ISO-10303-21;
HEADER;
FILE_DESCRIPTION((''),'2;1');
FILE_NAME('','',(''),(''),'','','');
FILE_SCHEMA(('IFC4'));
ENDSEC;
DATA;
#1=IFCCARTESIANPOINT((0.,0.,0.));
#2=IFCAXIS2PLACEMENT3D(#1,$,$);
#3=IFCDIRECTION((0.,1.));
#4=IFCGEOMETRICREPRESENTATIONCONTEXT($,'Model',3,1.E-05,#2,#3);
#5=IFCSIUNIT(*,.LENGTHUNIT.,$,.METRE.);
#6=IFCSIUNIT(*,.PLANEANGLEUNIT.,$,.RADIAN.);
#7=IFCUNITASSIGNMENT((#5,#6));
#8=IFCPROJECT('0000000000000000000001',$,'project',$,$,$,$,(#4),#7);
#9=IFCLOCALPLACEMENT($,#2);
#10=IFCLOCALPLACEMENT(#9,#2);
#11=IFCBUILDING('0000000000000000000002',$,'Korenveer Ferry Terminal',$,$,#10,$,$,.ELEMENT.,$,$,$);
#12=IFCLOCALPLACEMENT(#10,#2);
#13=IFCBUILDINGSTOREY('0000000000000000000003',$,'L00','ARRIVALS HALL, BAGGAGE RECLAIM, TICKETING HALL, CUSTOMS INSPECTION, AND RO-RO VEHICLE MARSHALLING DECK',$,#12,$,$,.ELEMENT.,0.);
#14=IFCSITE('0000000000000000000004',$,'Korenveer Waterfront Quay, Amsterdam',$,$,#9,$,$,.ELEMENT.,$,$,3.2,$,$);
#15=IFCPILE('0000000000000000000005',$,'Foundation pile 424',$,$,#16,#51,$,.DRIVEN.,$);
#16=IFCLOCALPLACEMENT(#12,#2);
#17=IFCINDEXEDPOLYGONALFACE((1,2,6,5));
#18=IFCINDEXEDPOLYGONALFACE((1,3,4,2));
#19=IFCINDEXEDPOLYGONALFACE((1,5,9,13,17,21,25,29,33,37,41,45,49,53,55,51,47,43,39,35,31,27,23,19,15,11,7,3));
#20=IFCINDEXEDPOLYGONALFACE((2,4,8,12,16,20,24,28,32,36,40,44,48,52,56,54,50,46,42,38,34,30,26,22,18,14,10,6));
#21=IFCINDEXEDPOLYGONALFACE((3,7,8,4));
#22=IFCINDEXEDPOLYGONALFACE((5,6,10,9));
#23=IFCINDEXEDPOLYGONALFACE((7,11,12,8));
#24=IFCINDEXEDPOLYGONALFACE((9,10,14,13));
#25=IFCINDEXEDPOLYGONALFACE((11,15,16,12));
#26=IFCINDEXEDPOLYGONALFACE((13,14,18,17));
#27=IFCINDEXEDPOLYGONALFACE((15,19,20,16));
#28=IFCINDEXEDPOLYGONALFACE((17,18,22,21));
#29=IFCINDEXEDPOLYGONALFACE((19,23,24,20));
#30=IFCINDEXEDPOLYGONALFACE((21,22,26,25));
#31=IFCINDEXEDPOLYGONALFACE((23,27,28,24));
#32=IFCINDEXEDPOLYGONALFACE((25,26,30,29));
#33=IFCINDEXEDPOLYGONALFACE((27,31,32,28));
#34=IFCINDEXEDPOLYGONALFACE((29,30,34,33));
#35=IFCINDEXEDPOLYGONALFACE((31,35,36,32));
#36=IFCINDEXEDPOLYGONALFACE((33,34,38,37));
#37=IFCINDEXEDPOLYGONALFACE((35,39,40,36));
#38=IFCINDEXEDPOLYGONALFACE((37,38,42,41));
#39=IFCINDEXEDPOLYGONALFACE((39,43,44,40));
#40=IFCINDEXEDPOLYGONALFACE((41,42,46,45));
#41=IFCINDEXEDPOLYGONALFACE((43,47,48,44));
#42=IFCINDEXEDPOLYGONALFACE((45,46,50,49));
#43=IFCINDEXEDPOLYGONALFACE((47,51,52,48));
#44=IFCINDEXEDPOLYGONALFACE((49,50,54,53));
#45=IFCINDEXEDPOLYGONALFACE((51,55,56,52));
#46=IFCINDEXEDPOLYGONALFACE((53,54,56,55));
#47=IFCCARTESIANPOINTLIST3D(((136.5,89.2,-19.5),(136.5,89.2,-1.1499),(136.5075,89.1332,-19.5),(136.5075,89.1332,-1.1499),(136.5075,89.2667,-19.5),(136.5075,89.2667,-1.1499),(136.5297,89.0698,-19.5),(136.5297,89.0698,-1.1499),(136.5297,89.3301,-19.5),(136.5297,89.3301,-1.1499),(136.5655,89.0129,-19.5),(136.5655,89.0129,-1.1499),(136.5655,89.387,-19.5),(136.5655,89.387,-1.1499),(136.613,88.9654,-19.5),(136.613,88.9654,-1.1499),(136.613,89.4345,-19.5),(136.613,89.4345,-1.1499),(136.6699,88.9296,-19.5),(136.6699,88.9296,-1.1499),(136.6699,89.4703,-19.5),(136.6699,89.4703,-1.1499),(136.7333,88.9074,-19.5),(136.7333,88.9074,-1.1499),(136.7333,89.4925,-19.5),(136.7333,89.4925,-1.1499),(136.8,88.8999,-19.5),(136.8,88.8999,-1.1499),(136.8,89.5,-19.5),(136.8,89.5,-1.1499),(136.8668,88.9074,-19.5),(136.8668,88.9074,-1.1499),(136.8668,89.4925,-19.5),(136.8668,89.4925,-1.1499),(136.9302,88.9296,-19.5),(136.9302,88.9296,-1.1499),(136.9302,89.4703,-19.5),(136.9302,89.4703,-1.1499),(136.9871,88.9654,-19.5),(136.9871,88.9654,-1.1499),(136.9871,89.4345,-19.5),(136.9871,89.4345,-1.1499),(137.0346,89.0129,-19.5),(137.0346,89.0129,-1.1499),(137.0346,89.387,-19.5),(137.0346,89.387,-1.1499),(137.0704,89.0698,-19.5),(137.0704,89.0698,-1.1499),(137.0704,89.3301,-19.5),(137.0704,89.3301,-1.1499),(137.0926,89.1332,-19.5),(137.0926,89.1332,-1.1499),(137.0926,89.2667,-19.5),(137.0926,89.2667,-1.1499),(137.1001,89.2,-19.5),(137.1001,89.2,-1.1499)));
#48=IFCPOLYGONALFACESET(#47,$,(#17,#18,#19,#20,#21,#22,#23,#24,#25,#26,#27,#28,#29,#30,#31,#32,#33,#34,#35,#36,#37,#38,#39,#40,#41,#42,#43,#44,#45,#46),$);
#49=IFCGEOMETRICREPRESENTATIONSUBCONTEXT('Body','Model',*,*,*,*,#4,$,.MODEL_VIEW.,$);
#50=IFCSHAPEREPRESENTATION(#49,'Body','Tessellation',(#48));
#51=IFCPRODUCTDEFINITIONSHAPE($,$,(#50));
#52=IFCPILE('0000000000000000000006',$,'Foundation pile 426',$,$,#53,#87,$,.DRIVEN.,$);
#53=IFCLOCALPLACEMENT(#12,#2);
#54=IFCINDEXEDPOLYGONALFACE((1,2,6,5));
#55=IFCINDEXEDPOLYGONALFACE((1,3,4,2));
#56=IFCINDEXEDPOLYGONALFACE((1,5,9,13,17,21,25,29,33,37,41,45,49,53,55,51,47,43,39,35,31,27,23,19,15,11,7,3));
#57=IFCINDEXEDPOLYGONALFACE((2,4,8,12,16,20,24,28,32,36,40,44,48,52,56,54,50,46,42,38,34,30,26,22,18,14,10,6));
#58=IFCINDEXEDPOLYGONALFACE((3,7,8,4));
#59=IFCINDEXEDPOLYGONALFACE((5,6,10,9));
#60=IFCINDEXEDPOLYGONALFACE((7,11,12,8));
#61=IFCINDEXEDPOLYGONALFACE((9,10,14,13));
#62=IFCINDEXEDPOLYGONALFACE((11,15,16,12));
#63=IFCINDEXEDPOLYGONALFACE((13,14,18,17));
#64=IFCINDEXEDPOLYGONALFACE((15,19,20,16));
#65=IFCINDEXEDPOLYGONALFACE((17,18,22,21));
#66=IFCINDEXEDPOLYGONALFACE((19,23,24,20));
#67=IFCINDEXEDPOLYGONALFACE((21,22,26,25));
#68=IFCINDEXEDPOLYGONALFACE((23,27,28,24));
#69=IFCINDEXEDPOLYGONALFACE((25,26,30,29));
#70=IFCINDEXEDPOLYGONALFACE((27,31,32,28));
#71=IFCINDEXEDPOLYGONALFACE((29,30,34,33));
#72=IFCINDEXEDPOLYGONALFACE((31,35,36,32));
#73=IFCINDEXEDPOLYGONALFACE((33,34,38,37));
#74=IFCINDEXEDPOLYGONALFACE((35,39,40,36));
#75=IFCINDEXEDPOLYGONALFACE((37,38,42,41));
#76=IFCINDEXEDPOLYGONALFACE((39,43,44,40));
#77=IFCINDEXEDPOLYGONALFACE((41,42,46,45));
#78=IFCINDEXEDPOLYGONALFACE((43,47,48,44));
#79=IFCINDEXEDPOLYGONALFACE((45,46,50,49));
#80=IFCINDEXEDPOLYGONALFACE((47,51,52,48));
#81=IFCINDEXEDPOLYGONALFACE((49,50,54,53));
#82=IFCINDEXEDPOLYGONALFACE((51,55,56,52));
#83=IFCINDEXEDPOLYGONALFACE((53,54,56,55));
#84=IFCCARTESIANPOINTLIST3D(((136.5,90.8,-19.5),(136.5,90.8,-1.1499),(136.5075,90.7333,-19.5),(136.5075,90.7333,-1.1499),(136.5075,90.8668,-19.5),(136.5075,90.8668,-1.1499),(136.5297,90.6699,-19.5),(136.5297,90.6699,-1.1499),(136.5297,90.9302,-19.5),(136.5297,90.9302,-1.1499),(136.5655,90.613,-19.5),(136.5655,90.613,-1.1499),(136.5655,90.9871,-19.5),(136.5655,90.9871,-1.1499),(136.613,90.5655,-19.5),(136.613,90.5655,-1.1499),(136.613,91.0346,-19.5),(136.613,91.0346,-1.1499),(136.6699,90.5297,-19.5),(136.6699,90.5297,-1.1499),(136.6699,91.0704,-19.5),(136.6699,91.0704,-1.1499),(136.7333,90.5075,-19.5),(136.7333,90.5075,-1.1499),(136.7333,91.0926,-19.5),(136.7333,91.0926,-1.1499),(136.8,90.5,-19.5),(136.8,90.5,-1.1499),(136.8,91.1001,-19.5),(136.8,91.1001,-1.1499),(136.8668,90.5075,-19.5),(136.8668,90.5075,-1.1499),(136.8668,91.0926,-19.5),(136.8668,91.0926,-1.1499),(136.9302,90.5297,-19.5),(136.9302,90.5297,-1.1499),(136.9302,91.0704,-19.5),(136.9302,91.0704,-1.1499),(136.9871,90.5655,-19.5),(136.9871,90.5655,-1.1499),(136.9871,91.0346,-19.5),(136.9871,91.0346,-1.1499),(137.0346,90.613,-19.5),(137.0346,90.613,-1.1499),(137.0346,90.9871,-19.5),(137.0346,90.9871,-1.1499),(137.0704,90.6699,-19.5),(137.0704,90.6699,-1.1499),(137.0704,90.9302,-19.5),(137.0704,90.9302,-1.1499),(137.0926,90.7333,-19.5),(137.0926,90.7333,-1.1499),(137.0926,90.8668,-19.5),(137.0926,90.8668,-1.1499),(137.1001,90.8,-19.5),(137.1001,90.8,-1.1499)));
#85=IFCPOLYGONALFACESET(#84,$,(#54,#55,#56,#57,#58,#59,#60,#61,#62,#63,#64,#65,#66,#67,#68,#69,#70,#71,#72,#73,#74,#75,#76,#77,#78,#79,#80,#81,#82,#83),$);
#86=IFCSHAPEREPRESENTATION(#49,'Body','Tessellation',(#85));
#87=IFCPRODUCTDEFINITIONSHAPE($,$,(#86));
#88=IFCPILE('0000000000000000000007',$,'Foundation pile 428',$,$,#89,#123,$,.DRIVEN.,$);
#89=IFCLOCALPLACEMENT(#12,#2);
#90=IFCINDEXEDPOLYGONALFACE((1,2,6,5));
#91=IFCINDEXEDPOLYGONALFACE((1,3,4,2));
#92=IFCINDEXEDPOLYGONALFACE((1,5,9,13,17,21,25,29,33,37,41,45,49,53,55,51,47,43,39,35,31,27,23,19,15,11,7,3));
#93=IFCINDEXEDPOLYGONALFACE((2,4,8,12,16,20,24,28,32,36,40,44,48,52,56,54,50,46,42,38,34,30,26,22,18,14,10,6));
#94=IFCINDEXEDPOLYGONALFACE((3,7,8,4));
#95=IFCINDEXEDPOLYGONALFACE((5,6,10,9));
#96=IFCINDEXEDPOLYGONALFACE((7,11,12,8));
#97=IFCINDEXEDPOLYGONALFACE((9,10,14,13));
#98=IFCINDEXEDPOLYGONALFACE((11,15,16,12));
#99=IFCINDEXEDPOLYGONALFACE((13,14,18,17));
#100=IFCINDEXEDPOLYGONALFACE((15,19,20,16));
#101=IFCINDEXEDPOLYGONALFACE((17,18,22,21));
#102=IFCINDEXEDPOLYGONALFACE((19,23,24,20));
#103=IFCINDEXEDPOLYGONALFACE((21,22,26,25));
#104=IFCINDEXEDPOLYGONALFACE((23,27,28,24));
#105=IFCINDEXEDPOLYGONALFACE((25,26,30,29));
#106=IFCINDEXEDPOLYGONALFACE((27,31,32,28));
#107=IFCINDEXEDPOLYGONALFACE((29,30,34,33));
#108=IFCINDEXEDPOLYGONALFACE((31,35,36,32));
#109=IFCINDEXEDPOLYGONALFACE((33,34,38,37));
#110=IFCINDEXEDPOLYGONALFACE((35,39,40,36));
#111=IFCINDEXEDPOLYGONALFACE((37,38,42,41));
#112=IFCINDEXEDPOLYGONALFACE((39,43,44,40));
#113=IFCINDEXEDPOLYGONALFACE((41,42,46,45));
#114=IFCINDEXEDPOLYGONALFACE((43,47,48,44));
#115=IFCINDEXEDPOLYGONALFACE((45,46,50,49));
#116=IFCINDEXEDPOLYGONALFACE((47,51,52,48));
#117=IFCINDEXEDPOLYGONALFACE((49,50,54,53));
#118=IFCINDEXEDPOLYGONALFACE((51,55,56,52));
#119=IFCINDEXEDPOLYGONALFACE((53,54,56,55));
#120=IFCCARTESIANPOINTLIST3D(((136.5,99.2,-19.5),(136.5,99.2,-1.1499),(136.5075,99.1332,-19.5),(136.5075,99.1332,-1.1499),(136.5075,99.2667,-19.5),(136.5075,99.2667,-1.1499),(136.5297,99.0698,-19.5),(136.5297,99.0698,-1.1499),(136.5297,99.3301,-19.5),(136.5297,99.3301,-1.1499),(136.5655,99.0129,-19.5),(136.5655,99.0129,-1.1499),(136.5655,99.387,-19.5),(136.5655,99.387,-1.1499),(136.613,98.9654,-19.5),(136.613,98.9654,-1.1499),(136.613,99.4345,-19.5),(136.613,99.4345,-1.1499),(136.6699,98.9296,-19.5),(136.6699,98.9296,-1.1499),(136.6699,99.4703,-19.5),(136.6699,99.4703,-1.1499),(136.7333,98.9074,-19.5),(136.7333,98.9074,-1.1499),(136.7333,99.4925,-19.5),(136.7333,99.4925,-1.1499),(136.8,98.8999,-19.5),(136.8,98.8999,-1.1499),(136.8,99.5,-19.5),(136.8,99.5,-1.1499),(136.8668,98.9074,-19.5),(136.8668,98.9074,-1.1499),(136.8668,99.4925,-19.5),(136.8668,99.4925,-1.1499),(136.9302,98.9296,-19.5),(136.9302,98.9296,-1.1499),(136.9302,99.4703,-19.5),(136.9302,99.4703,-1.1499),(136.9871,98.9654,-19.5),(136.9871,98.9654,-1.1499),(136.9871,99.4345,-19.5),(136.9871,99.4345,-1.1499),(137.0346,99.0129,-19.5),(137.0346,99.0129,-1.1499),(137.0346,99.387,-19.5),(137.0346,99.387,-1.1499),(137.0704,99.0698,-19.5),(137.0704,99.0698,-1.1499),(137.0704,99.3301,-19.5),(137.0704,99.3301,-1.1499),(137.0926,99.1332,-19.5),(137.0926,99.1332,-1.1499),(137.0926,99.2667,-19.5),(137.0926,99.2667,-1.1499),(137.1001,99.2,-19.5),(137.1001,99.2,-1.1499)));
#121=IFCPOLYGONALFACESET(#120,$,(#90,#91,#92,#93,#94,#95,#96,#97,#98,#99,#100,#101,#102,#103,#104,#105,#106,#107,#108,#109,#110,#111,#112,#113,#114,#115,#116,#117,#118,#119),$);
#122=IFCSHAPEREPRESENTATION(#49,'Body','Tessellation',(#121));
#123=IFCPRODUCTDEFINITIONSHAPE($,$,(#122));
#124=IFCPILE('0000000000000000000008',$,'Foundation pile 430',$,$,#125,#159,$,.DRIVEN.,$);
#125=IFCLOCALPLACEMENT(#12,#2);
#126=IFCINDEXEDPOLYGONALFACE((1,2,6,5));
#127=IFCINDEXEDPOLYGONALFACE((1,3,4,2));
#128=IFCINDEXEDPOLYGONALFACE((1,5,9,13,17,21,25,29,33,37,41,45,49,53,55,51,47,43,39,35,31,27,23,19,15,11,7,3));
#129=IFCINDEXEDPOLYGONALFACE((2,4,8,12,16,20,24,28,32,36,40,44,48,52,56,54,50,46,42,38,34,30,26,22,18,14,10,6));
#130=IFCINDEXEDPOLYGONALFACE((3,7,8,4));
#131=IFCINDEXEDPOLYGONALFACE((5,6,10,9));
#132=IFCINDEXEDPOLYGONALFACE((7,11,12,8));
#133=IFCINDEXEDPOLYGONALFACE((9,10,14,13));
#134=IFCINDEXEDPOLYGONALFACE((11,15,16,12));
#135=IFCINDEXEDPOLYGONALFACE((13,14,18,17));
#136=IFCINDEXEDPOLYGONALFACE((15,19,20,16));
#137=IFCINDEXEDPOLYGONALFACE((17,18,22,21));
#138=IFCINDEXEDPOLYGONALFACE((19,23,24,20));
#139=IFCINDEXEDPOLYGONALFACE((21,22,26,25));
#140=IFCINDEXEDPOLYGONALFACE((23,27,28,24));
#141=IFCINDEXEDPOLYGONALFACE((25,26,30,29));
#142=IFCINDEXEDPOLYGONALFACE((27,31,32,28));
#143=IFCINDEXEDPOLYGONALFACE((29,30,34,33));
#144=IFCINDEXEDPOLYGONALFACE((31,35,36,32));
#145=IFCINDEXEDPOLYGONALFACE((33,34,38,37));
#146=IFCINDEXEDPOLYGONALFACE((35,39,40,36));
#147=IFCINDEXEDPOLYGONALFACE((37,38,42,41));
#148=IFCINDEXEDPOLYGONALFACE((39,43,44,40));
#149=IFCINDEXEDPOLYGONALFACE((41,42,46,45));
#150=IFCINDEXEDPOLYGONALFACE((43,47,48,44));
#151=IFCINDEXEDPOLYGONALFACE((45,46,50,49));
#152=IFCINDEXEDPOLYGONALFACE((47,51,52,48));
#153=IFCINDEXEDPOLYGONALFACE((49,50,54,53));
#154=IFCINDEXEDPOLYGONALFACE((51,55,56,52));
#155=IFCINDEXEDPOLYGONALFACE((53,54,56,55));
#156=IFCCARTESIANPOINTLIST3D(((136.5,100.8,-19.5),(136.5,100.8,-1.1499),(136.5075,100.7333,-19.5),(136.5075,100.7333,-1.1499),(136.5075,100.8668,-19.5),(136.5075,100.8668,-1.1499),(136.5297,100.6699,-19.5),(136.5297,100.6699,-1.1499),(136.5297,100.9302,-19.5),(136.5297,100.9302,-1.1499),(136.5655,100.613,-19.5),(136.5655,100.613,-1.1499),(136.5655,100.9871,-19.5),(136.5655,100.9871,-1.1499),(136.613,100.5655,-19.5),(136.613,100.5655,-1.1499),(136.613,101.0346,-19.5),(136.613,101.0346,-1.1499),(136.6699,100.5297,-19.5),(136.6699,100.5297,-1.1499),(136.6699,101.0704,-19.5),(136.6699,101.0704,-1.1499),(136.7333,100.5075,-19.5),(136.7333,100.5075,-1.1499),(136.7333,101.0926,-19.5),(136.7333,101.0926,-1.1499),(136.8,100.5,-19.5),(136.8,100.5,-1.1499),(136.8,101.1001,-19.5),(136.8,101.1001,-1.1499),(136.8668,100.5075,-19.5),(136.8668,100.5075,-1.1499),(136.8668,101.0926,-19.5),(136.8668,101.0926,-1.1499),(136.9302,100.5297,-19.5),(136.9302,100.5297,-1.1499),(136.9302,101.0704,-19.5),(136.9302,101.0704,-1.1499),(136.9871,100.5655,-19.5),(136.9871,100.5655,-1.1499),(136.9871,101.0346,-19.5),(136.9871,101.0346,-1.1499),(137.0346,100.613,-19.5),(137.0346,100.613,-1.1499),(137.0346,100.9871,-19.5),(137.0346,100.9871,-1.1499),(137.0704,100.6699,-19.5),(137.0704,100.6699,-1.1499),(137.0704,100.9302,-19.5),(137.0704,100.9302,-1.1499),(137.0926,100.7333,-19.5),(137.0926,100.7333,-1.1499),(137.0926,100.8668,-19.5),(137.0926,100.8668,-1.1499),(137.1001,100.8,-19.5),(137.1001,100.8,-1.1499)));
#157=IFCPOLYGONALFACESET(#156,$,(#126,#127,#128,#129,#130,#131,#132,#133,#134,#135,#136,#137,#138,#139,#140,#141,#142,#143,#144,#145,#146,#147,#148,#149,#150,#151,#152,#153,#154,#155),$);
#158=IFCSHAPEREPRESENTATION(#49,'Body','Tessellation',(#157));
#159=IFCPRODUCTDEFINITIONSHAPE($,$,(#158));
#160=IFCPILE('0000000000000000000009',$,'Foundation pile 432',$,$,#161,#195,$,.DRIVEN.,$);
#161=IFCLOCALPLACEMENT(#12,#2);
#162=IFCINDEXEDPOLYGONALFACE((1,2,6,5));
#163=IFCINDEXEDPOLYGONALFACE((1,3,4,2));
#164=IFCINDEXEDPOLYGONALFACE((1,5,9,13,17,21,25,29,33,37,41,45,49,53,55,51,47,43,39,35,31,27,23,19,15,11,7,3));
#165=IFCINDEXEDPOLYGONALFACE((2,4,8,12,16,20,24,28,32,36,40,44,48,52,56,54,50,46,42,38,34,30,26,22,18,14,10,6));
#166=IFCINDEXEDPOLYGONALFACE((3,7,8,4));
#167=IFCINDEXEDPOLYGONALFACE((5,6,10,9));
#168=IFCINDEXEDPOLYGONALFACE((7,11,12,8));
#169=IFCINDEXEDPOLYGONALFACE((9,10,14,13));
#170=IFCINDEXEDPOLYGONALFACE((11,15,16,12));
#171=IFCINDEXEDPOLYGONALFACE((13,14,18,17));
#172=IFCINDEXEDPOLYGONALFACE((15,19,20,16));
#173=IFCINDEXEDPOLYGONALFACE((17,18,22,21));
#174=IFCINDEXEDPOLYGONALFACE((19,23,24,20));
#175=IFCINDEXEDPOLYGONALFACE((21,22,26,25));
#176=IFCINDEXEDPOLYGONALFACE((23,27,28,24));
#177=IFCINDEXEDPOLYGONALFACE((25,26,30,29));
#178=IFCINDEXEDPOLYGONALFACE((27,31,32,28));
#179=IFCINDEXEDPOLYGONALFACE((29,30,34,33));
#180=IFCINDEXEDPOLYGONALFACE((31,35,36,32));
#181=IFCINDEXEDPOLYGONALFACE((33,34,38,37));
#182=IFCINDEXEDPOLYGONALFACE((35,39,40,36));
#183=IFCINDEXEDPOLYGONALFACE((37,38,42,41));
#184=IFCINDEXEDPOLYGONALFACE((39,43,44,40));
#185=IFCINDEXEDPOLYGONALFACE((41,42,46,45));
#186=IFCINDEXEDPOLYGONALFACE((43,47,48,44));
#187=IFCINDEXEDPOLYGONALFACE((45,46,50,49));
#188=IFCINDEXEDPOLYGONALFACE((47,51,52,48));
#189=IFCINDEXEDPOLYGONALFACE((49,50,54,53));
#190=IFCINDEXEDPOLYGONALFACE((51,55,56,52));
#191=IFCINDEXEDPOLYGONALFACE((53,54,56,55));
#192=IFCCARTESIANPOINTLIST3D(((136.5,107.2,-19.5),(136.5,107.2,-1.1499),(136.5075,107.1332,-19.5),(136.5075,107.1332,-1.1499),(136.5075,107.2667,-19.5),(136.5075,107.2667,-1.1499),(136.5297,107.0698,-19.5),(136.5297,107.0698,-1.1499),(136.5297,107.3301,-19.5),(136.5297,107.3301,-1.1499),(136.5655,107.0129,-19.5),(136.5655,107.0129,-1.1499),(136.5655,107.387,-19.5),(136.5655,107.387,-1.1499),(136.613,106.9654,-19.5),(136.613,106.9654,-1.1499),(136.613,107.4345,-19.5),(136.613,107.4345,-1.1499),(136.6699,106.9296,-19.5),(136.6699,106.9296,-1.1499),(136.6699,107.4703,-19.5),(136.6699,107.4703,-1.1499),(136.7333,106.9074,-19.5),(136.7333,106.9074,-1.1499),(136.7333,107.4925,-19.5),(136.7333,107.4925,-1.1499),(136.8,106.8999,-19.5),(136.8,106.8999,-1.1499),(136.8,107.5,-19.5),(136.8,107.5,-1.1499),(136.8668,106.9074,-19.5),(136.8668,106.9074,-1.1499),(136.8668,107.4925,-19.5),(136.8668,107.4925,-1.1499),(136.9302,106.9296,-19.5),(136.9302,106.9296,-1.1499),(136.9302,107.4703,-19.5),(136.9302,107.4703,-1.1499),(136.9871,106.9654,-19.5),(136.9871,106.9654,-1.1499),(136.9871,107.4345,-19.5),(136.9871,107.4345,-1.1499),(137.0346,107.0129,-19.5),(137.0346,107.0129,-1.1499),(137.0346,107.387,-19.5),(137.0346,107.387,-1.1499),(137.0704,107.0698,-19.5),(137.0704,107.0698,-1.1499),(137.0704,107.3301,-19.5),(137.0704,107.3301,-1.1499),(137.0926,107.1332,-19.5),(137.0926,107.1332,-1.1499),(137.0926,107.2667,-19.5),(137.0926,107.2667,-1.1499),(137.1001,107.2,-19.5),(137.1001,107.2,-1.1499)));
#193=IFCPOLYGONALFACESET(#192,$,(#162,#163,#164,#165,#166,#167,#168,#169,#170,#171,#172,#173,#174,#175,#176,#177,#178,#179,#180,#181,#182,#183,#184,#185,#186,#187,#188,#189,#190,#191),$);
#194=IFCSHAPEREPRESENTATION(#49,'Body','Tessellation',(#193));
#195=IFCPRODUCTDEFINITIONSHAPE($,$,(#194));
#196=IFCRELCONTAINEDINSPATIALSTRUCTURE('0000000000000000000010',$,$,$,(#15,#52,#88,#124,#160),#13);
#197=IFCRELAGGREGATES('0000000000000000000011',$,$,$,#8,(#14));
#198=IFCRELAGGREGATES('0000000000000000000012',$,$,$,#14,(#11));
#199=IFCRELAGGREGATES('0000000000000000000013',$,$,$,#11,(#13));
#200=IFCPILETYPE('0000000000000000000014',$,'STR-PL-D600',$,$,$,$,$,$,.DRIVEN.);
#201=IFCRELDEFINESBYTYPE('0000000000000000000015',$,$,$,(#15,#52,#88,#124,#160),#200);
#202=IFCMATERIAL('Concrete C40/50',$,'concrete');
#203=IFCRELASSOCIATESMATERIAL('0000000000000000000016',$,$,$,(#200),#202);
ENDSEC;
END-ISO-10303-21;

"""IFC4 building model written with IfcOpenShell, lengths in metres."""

from ifc_helpers import new_model, si_unit, direction, frame, origin, origin_2d, place, context, subcontext, project, spatial, circle, extrude, material, material_profile, profile_set, type_object, element, save


model = new_model("IFC4")

# Units and contexts
model_context = context("Model", 3, precision=1e-05, world=origin(), true_north=direction((0.0, 1.0)))
body_context = subcontext(model_context, "Body", "Model", "MODEL_VIEW")
ifc_project = project(units=[si_unit("LENGTHUNIT", "METRE"), si_unit("PLANEANGLEUNIT", "RADIAN")], contexts=[model_context])

# Site, building, storey
site_placement = place(None, origin())
site = spatial("IfcSite", under=ifc_project, at=site_placement, Name="Korenveer Waterfront Quay, Amsterdam", CompositionType="ELEMENT", RefElevation=3.2)
building_placement = place(site_placement, origin())
building = spatial("IfcBuilding", under=site, at=building_placement, Name="Korenveer Ferry Terminal", CompositionType="ELEMENT")
storey_placement = place(building_placement, origin())
storey = spatial("IfcBuildingStorey", under=building, at=storey_placement, Name="L00", Description="ARRIVALS HALL, BAGGAGE RECLAIM, TICKETING HALL, CUSTOMS INSPECTION, AND RO-RO VEHICLE MARSHALLING DECK", CompositionType="ELEMENT", Elevation=0.0)

# Piles
ifc_material_1 = material(Name="Concrete C40/50", Category="concrete")
ifc_material_profile_1 = material_profile(ifc_material_1, circle(Radius=0.3, at=origin_2d()), Name="PILE D600")
ifc_profile_set_1 = profile_set([ifc_material_profile_1], Name="Concrete C40/50")
pile_type_1 = type_object("IfcPileType", Name="STR-PL-D600", PredefinedType="DRIVEN", material=ifc_profile_set_1)
for number, where, z_axis, x_axis, name in (
    (1, (136.8, 89.2, -1.1499), (0.0, 0.0, -1.0), (1.0, 0.0, 0.0), "Foundation pile 424"),
    (2, (136.8, 90.8, -1.1499), (0.0, 0.0, -1.0), (1.0, 0.0, 0.0), "Foundation pile 426"),
    (3, (136.8, 99.2, -1.1499), (0.0, 0.0, -1.0), (1.0, 0.0, 0.0), "Foundation pile 428"),
    (4, (136.8, 100.8, -1.1499), (0.0, 0.0, -1.0), (1.0, 0.0, 0.0), "Foundation pile 430"),
    (5, (136.8, 107.2, -1.1499), (0.0, 0.0, -1.0), (1.0, 0.0, 0.0), "Foundation pile 432"),
):
    element("IfcPile", number, at=place(storey_placement, frame(where, z_axis=z_axis, x_axis=x_axis)), inside=storey, type_object=pile_type_1, Name=name, PredefinedType="DRIVEN", context=body_context, shape_type="SweptSolid", body=[
        extrude(circle(Radius=0.3, at=origin_2d()), origin(), (0.0, 0.0, 1.0), 18.3501),
    ])

save(model, "model.ifc")
